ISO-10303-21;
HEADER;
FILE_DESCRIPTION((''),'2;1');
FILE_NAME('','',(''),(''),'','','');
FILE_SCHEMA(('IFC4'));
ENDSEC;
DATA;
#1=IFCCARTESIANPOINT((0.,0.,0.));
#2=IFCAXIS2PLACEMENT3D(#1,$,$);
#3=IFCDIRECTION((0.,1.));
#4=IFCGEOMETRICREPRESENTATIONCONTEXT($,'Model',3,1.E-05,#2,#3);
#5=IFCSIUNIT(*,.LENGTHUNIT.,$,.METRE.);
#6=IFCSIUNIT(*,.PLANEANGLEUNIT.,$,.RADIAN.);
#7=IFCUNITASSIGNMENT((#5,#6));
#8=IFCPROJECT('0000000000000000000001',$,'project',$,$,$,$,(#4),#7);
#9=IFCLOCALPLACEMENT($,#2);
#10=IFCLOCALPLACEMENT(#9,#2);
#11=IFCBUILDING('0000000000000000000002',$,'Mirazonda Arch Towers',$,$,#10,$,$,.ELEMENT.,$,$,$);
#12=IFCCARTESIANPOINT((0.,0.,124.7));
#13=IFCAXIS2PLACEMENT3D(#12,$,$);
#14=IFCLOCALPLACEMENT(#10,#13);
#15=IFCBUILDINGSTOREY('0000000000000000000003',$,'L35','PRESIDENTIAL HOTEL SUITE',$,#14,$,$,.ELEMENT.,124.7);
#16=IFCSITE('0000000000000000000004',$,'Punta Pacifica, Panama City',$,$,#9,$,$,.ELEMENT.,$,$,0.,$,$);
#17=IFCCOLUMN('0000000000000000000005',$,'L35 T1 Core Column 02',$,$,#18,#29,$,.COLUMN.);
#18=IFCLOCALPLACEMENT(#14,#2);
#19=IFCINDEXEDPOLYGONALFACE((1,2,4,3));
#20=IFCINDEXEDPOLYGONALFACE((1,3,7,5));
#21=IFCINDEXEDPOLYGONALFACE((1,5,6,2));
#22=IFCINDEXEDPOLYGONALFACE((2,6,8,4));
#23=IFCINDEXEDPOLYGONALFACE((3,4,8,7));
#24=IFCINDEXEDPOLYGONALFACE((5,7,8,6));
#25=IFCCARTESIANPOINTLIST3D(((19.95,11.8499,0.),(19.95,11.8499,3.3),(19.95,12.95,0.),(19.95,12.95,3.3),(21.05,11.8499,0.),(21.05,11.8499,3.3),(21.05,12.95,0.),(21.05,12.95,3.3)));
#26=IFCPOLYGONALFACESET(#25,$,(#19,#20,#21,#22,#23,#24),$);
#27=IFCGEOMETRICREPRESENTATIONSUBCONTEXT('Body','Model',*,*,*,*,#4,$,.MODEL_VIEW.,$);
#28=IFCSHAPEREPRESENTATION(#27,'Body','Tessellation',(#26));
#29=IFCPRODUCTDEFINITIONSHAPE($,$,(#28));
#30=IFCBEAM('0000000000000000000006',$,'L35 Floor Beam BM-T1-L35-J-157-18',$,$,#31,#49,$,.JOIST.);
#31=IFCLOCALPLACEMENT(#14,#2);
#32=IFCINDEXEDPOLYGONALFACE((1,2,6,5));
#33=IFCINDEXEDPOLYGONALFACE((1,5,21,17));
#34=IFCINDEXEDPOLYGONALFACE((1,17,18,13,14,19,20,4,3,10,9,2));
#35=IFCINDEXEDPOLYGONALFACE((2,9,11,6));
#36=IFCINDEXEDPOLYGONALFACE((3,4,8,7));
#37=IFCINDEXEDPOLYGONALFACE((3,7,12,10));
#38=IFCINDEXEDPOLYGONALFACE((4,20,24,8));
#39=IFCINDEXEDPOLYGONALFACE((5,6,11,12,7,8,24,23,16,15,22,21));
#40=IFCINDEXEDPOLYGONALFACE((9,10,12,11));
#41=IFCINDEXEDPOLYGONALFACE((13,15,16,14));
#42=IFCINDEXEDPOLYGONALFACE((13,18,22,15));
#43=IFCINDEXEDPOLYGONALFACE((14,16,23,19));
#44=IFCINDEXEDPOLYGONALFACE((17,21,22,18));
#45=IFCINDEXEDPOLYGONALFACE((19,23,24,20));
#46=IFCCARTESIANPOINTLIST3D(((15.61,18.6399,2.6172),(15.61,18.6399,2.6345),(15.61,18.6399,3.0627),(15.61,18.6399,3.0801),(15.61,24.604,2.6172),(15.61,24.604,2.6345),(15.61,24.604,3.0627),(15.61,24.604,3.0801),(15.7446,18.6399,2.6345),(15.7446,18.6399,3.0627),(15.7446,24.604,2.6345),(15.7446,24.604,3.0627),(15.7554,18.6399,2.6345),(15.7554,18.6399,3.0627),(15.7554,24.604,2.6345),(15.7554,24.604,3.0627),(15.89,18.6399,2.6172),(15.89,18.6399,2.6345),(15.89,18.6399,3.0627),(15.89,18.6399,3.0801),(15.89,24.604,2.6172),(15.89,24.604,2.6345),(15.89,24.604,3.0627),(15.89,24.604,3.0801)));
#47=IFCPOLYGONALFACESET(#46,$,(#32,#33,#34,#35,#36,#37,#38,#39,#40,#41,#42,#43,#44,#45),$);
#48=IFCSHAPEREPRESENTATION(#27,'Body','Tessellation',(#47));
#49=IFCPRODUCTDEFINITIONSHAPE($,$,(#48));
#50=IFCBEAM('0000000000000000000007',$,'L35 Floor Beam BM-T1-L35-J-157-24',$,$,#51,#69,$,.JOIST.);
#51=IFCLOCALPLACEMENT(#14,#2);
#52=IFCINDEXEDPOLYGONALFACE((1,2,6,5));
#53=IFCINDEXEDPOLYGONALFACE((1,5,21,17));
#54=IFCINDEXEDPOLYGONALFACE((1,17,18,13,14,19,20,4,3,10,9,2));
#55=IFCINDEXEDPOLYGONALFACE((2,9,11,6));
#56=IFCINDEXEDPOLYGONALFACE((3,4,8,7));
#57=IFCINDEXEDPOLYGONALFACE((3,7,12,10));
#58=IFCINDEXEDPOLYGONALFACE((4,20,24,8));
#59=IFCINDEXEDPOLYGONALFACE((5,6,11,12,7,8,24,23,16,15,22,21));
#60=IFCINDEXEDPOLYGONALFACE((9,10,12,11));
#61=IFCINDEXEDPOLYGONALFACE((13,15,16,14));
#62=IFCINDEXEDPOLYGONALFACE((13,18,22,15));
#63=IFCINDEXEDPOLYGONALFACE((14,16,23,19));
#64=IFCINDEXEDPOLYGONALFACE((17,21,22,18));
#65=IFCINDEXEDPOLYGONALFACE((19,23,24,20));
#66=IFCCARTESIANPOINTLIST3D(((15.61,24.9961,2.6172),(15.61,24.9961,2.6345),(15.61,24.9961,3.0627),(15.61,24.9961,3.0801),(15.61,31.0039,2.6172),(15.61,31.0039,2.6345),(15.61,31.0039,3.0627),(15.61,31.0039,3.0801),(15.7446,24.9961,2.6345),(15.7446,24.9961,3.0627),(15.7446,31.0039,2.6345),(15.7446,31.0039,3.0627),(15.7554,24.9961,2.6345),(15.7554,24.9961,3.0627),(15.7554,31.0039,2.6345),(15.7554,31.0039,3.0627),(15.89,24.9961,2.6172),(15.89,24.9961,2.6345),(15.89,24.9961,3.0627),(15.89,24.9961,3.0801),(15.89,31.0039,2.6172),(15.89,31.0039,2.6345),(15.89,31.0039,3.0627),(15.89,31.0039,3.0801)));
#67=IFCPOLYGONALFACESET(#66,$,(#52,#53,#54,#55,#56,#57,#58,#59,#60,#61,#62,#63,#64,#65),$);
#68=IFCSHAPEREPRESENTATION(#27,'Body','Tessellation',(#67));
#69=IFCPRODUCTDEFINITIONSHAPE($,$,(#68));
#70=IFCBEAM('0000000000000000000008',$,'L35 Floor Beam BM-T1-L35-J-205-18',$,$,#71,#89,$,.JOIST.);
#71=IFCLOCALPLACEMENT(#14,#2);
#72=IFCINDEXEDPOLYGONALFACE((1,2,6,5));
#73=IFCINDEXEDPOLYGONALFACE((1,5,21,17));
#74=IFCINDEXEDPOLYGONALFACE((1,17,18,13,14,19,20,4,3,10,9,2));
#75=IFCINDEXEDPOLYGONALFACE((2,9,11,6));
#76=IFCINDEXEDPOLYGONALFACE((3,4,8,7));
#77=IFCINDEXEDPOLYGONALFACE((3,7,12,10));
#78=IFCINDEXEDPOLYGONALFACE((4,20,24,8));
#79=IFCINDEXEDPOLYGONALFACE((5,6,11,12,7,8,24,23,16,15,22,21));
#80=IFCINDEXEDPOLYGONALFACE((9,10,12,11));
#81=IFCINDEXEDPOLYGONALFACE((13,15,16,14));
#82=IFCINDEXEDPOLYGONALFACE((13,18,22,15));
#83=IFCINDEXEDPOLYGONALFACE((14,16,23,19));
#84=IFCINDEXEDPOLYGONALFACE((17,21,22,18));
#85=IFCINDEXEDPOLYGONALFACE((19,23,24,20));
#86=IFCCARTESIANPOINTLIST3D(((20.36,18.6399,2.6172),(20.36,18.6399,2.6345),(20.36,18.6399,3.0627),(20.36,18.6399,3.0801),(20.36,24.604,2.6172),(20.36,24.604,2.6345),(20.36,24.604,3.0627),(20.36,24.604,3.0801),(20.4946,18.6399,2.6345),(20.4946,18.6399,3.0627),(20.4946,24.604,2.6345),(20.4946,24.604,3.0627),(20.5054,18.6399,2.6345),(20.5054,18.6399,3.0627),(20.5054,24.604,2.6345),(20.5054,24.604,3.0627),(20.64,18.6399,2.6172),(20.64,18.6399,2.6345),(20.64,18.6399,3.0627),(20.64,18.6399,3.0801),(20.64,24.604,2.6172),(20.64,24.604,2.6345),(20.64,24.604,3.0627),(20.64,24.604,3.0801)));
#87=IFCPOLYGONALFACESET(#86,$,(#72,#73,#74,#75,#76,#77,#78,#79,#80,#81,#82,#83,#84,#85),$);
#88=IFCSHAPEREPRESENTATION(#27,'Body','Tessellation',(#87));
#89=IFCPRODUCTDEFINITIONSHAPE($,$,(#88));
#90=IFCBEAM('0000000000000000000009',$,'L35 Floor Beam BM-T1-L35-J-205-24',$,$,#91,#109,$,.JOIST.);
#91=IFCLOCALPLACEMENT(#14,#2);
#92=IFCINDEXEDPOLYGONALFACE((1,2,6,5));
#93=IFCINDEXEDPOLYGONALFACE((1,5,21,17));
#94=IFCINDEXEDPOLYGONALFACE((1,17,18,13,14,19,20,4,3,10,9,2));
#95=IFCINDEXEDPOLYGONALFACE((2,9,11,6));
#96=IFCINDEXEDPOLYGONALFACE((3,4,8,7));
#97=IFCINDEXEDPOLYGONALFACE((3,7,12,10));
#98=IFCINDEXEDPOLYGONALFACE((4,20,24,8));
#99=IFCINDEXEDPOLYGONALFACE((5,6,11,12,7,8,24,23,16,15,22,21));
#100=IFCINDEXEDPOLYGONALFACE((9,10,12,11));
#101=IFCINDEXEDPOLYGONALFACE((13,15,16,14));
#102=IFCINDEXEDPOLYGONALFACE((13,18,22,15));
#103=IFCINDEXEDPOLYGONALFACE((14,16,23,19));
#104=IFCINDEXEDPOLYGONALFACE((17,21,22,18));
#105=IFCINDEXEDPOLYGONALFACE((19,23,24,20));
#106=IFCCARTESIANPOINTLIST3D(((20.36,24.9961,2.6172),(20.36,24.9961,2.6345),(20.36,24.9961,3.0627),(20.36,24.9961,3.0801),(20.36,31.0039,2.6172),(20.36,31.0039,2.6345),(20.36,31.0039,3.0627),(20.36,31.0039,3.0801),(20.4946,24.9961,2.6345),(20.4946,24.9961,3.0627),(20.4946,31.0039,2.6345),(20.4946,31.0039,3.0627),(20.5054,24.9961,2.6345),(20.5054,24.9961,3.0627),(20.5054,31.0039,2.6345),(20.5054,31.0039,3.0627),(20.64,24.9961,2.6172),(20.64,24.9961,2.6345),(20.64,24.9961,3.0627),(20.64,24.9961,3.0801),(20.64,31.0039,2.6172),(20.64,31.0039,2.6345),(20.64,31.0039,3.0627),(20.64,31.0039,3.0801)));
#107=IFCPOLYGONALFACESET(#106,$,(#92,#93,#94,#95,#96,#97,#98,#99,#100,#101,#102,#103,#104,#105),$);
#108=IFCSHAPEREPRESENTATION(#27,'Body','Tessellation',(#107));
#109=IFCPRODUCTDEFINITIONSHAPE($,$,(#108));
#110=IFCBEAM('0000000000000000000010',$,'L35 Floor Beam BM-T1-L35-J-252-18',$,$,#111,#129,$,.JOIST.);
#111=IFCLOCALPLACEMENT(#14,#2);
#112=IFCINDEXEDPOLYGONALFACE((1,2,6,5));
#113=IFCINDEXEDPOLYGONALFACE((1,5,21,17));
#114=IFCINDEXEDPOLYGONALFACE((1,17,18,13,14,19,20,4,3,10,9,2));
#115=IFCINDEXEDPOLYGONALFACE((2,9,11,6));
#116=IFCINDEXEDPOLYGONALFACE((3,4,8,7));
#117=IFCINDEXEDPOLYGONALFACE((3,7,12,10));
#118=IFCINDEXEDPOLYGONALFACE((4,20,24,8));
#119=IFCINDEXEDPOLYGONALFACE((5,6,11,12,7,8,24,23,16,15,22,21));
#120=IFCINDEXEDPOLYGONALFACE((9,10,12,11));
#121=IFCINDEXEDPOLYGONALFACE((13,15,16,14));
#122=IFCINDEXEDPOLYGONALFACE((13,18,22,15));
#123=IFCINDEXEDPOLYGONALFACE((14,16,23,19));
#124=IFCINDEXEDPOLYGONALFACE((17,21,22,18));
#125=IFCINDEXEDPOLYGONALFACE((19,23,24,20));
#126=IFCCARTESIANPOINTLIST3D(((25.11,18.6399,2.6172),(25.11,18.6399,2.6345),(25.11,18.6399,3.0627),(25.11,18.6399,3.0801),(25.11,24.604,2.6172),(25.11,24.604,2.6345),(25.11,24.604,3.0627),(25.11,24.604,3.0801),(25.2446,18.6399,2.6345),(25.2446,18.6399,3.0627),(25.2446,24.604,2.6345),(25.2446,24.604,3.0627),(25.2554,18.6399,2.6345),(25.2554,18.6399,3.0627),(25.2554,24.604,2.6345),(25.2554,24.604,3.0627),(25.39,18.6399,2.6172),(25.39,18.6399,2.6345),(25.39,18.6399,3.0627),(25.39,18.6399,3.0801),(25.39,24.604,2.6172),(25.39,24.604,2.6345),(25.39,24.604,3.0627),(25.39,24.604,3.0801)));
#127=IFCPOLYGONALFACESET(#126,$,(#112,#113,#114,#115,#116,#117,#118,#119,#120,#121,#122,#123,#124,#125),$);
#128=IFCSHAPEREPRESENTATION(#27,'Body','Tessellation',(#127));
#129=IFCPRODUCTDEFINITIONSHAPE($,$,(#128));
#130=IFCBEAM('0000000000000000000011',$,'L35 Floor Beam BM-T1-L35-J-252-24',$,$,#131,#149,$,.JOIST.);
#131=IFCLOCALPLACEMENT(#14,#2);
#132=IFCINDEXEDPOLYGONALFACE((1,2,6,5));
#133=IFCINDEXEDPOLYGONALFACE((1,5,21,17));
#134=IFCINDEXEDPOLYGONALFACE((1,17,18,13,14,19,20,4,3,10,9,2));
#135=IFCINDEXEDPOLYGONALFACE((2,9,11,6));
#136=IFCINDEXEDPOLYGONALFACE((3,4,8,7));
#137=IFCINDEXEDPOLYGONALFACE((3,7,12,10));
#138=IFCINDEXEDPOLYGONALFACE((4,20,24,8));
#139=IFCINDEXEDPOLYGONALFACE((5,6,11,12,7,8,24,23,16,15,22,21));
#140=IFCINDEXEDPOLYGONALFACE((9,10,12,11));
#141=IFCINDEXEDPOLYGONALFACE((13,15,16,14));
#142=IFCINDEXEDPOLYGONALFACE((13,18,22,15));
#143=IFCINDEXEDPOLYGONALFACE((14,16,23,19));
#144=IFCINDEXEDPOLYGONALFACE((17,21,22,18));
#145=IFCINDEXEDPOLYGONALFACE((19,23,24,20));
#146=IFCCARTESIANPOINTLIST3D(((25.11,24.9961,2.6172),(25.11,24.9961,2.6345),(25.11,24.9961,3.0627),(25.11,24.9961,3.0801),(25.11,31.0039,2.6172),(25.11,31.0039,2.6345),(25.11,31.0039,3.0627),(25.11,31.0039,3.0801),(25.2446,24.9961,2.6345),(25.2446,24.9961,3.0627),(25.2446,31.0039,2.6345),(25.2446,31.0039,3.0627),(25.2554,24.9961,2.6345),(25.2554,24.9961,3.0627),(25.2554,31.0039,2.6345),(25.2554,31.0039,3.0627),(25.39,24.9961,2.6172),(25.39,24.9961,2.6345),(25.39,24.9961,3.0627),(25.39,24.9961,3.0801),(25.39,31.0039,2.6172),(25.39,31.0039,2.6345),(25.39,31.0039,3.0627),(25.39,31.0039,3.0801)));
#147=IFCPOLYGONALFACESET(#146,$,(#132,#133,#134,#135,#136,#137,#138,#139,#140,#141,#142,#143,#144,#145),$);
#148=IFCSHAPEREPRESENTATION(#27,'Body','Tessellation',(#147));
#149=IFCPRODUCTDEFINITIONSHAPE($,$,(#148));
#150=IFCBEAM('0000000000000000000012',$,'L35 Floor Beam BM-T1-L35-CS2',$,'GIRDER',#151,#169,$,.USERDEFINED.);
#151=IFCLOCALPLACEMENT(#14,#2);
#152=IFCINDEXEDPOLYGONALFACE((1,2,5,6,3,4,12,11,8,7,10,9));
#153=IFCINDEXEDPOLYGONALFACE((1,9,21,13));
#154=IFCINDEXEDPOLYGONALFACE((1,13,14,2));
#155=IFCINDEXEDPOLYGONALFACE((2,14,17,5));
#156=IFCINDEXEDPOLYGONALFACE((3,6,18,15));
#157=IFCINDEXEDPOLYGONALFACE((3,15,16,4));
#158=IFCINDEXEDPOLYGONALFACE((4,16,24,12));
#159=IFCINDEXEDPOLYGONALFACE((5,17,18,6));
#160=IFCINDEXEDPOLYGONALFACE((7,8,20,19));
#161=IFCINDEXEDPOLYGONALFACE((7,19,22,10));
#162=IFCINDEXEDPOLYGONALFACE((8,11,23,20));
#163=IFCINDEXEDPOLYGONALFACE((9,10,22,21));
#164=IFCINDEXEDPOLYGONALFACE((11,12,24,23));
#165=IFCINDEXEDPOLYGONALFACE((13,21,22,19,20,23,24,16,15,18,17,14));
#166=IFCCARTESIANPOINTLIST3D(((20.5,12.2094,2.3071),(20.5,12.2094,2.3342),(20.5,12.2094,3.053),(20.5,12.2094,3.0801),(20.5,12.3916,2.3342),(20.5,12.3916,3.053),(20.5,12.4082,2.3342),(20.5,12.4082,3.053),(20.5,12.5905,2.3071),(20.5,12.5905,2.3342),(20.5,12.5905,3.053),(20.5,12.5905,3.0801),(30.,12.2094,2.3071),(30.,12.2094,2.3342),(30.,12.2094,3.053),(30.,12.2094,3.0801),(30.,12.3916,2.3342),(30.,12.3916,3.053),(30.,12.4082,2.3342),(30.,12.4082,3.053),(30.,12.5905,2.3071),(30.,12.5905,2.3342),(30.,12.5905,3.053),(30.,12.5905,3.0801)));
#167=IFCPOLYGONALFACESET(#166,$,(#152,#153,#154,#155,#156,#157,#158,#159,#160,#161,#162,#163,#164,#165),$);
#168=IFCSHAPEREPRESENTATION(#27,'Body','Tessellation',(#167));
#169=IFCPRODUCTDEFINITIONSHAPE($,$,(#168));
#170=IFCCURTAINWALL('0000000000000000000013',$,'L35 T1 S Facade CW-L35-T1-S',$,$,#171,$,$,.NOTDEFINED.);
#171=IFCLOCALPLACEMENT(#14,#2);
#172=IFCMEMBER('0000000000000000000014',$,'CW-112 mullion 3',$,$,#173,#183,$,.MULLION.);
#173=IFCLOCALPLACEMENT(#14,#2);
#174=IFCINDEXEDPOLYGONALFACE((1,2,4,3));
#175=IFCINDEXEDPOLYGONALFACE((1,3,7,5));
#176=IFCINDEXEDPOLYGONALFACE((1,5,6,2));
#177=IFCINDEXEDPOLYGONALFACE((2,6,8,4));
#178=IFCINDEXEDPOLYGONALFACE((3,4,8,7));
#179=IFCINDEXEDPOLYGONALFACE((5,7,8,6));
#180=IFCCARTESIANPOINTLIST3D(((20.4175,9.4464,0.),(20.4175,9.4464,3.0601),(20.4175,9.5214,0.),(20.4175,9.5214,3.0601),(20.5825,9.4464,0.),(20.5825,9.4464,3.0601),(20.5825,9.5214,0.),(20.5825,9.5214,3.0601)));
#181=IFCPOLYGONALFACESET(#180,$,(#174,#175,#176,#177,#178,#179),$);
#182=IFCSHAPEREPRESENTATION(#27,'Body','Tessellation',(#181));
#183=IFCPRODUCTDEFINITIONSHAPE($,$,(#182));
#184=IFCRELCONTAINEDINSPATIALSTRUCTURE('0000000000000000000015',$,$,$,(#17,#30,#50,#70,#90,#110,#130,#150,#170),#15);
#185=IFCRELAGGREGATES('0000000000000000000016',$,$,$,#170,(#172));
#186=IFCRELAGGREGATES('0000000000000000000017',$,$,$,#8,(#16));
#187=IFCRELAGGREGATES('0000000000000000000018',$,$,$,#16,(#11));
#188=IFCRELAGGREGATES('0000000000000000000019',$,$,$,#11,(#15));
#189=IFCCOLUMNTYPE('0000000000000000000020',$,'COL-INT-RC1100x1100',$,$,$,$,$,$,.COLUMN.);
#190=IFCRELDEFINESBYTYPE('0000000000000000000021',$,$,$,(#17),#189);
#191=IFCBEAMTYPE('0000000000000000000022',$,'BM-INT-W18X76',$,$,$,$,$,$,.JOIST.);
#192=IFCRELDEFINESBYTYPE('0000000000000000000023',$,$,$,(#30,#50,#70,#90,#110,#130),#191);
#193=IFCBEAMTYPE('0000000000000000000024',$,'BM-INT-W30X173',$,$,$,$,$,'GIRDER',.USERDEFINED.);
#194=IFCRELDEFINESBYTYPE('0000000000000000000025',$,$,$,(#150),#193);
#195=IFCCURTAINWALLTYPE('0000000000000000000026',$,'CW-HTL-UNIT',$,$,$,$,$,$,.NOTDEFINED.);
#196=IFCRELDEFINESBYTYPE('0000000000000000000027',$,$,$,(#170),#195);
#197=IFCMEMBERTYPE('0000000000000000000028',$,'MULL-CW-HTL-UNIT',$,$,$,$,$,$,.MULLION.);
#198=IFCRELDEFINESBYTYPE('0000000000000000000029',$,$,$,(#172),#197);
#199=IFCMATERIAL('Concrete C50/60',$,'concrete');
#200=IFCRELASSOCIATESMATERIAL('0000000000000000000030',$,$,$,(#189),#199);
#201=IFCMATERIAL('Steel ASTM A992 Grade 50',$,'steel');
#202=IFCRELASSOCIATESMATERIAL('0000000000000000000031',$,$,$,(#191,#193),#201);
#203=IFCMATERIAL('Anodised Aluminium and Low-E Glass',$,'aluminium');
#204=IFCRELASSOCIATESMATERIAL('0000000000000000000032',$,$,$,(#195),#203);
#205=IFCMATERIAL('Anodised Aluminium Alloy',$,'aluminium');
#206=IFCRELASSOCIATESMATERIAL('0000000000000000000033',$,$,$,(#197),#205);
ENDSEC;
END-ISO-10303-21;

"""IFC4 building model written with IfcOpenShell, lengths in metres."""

from ifc_helpers import new_model, si_unit, direction, frame, origin, origin_2d, place, context, subcontext, project, spatial, rectangle, i_section, extrude, material, material_profile, profile_set, type_object, element, aggregate, save


model = new_model("IFC4")

# Units and contexts
model_context = context("Model", 3, precision=1e-05, world=origin(), true_north=direction((0.0, 1.0)))
body_context = subcontext(model_context, "Body", "Model", "MODEL_VIEW")
ifc_project = project(units=[si_unit("LENGTHUNIT", "METRE"), si_unit("PLANEANGLEUNIT", "RADIAN")], contexts=[model_context])

# Site, building, storey
site_placement = place(None, origin())
site = spatial("IfcSite", under=ifc_project, at=site_placement, Name="Punta Pacifica, Panama City", CompositionType="ELEMENT", RefElevation=0.0)
building_placement = place(site_placement, origin())
building = spatial("IfcBuilding", under=site, at=building_placement, Name="Mirazonda Arch Towers", CompositionType="ELEMENT")
storey_placement = place(building_placement, frame((0.0, 0.0, 124.7)))
storey = spatial("IfcBuildingStorey", under=building, at=storey_placement, Name="L35", Description="PRESIDENTIAL HOTEL SUITE", CompositionType="ELEMENT", Elevation=124.7)

# Column
ifc_material_1 = material(Name="Concrete C50/60", Category="concrete")
ifc_material_profile_1 = material_profile(ifc_material_1, rectangle(XDim=1.1001, YDim=1.1001, at=origin_2d()), Name="RC1100x1100")
ifc_profile_set_1 = profile_set([ifc_material_profile_1], Name="Concrete C50/60")
column_type = type_object("IfcColumnType", Name="COL-INT-RC1100x1100", PredefinedType="COLUMN", material=ifc_profile_set_1)
column_placement = place(storey_placement, frame((20.5, 12.3999, 0.0), z_axis=(0.0, 0.0, 1.0), x_axis=(1.0, 0.0, 0.0)))
element("IfcColumn", 1, at=column_placement, inside=storey, type_object=column_type, Name="L35 T1 Core Column 02", PredefinedType="COLUMN", context=body_context, shape_type="SweptSolid", body=[
    extrude(rectangle(XDim=1.1001, YDim=1.1001, at=origin_2d()), origin(), (0.0, 0.0, 1.0), 3.3),
])

# Beams
ifc_material_2 = material(Name="Steel ASTM A992 Grade 50", Category="steel")
ifc_material_profile_2 = material_profile(ifc_material_2, i_section(OverallWidth=0.28, OverallDepth=0.4629, WebThickness=0.0107, FlangeThickness=0.0173, at=origin_2d()), Name="W18X76")
ifc_profile_set_2 = profile_set([ifc_material_profile_2], Name="Steel ASTM A992 Grade 50")
beam_type_1 = type_object("IfcBeamType", Name="BM-INT-W18X76", PredefinedType="JOIST", material=ifc_profile_set_2)
beam_1_placement = place(storey_placement, frame((15.75, 18.6399, 2.8486), z_axis=(0.0, 1.0, 0.0), x_axis=(-1.0, 0.0, 0.0)))
element("IfcBeam", 2, at=beam_1_placement, inside=storey, type_object=beam_type_1, Name="L35 Floor Beam BM-T1-L35-J-157-18", PredefinedType="JOIST", context=body_context, shape_type="SweptSolid", body=[
    extrude(i_section(OverallWidth=0.28, OverallDepth=0.4629, WebThickness=0.0107, FlangeThickness=0.0173, at=origin_2d()), origin(), (0.0, 0.0, 1.0), 5.9641),
])
beam_2_placement = place(storey_placement, frame((15.75, 24.9961, 2.8486), z_axis=(0.0, 1.0, 0.0), x_axis=(-1.0, 0.0, 0.0)))
element("IfcBeam", 3, at=beam_2_placement, inside=storey, type_object=beam_type_1, Name="L35 Floor Beam BM-T1-L35-J-157-24", PredefinedType="JOIST", context=body_context, shape_type="SweptSolid", body=[
    extrude(i_section(OverallWidth=0.28, OverallDepth=0.4629, WebThickness=0.0107, FlangeThickness=0.0173, at=origin_2d()), origin(), (0.0, 0.0, 1.0), 6.0078),
])
beam_3_placement = place(storey_placement, frame((20.5, 18.6399, 2.8486), z_axis=(0.0, 1.0, 0.0), x_axis=(-1.0, 0.0, 0.0)))
element("IfcBeam", 4, at=beam_3_placement, inside=storey, type_object=beam_type_1, Name="L35 Floor Beam BM-T1-L35-J-205-18", PredefinedType="JOIST", context=body_context, shape_type="SweptSolid", body=[
    extrude(i_section(OverallWidth=0.28, OverallDepth=0.4629, WebThickness=0.0107, FlangeThickness=0.0173, at=origin_2d()), origin(), (0.0, 0.0, 1.0), 5.9641),
])
beam_4_placement = place(storey_placement, frame((20.5, 24.9961, 2.8486), z_axis=(0.0, 1.0, 0.0), x_axis=(-1.0, 0.0, 0.0)))
element("IfcBeam", 5, at=beam_4_placement, inside=storey, type_object=beam_type_1, Name="L35 Floor Beam BM-T1-L35-J-205-24", PredefinedType="JOIST", context=body_context, shape_type="SweptSolid", body=[
    extrude(i_section(OverallWidth=0.28, OverallDepth=0.4629, WebThickness=0.0107, FlangeThickness=0.0173, at=origin_2d()), origin(), (0.0, 0.0, 1.0), 6.0078),
])
beam_5_placement = place(storey_placement, frame((25.25, 18.6399, 2.8486), z_axis=(0.0, 1.0, 0.0), x_axis=(-1.0, 0.0, 0.0)))
element("IfcBeam", 6, at=beam_5_placement, inside=storey, type_object=beam_type_1, Name="L35 Floor Beam BM-T1-L35-J-252-18", PredefinedType="JOIST", context=body_context, shape_type="SweptSolid", body=[
    extrude(i_section(OverallWidth=0.28, OverallDepth=0.4629, WebThickness=0.0107, FlangeThickness=0.0173, at=origin_2d()), origin(), (0.0, 0.0, 1.0), 5.9641),
])
beam_6_placement = place(storey_placement, frame((25.25, 24.9961, 2.8486), z_axis=(0.0, 1.0, 0.0), x_axis=(-1.0, 0.0, 0.0)))
element("IfcBeam", 7, at=beam_6_placement, inside=storey, type_object=beam_type_1, Name="L35 Floor Beam BM-T1-L35-J-252-24", PredefinedType="JOIST", context=body_context, shape_type="SweptSolid", body=[
    extrude(i_section(OverallWidth=0.28, OverallDepth=0.4629, WebThickness=0.0107, FlangeThickness=0.0173, at=origin_2d()), origin(), (0.0, 0.0, 1.0), 6.0078),
])
ifc_material_profile_3 = material_profile(ifc_material_2, i_section(OverallWidth=0.3811, OverallDepth=0.7729, WebThickness=0.0166, FlangeThickness=0.0271, at=origin_2d()), Name="W30X173")
ifc_profile_set_3 = profile_set([ifc_material_profile_3], Name="Steel ASTM A992 Grade 50")
beam_type_2 = type_object("IfcBeamType", Name="BM-INT-W30X173", ElementType="GIRDER", PredefinedType="USERDEFINED", material=ifc_profile_set_3)
beam_7_placement = place(storey_placement, frame((20.5, 12.3999, 2.6936), z_axis=(1.0, 0.0, 0.0), x_axis=(0.0, 1.0, 0.0)))
element("IfcBeam", 8, at=beam_7_placement, inside=storey, type_object=beam_type_2, Name="L35 Floor Beam BM-T1-L35-CS2", ObjectType="GIRDER", PredefinedType="USERDEFINED", context=body_context, shape_type="SweptSolid", body=[
    extrude(i_section(OverallWidth=0.3811, OverallDepth=0.7729, WebThickness=0.0166, FlangeThickness=0.0271, at=origin_2d()), origin(), (0.0, 0.0, 1.0), 9.5),
])

# Curtain wall, member
ifc_material_3 = material(Name="Anodised Aluminium and Low-E Glass", Category="aluminium")
curtain_wall_type = type_object("IfcCurtainWallType", Name="CW-HTL-UNIT", PredefinedType="NOTDEFINED", material=ifc_material_3)
curtain_wall_placement = place(storey_placement, origin())
curtain_wall = element("IfcCurtainWall", 9, at=curtain_wall_placement, inside=storey, type_object=curtain_wall_type, Name="L35 T1 S Facade CW-L35-T1-S", PredefinedType="NOTDEFINED")
ifc_material_4 = material(Name="Anodised Aluminium Alloy", Category="aluminium")
ifc_material_profile_4 = material_profile(ifc_material_4, rectangle(XDim=0.075, YDim=0.165, at=origin_2d()), Name="ALU-MULL-75x165")
ifc_profile_set_4 = profile_set([ifc_material_profile_4], Name="Anodised Aluminium Alloy")
member_type_1 = type_object("IfcMemberType", Name="MULL-CW-HTL-UNIT", PredefinedType="MULLION", material=ifc_profile_set_4)
member_1_placement = place(storey_placement, frame((20.5, 9.4839, 0.0), z_axis=(0.0, 0.0, 1.0), x_axis=(0.0, -1.0, 0.0)))
member_1 = element("IfcMember", 10, at=member_1_placement, type_object=member_type_1, Name="CW-112 mullion 3", PredefinedType="MULLION", context=body_context, shape_type="SweptSolid", body=[
    extrude(rectangle(XDim=0.075, YDim=0.165, at=origin_2d()), origin(), (0.0, 0.0, 1.0), 3.0601),
])
aggregate(curtain_wall, [member_1])

save(model, "model.ifc")
